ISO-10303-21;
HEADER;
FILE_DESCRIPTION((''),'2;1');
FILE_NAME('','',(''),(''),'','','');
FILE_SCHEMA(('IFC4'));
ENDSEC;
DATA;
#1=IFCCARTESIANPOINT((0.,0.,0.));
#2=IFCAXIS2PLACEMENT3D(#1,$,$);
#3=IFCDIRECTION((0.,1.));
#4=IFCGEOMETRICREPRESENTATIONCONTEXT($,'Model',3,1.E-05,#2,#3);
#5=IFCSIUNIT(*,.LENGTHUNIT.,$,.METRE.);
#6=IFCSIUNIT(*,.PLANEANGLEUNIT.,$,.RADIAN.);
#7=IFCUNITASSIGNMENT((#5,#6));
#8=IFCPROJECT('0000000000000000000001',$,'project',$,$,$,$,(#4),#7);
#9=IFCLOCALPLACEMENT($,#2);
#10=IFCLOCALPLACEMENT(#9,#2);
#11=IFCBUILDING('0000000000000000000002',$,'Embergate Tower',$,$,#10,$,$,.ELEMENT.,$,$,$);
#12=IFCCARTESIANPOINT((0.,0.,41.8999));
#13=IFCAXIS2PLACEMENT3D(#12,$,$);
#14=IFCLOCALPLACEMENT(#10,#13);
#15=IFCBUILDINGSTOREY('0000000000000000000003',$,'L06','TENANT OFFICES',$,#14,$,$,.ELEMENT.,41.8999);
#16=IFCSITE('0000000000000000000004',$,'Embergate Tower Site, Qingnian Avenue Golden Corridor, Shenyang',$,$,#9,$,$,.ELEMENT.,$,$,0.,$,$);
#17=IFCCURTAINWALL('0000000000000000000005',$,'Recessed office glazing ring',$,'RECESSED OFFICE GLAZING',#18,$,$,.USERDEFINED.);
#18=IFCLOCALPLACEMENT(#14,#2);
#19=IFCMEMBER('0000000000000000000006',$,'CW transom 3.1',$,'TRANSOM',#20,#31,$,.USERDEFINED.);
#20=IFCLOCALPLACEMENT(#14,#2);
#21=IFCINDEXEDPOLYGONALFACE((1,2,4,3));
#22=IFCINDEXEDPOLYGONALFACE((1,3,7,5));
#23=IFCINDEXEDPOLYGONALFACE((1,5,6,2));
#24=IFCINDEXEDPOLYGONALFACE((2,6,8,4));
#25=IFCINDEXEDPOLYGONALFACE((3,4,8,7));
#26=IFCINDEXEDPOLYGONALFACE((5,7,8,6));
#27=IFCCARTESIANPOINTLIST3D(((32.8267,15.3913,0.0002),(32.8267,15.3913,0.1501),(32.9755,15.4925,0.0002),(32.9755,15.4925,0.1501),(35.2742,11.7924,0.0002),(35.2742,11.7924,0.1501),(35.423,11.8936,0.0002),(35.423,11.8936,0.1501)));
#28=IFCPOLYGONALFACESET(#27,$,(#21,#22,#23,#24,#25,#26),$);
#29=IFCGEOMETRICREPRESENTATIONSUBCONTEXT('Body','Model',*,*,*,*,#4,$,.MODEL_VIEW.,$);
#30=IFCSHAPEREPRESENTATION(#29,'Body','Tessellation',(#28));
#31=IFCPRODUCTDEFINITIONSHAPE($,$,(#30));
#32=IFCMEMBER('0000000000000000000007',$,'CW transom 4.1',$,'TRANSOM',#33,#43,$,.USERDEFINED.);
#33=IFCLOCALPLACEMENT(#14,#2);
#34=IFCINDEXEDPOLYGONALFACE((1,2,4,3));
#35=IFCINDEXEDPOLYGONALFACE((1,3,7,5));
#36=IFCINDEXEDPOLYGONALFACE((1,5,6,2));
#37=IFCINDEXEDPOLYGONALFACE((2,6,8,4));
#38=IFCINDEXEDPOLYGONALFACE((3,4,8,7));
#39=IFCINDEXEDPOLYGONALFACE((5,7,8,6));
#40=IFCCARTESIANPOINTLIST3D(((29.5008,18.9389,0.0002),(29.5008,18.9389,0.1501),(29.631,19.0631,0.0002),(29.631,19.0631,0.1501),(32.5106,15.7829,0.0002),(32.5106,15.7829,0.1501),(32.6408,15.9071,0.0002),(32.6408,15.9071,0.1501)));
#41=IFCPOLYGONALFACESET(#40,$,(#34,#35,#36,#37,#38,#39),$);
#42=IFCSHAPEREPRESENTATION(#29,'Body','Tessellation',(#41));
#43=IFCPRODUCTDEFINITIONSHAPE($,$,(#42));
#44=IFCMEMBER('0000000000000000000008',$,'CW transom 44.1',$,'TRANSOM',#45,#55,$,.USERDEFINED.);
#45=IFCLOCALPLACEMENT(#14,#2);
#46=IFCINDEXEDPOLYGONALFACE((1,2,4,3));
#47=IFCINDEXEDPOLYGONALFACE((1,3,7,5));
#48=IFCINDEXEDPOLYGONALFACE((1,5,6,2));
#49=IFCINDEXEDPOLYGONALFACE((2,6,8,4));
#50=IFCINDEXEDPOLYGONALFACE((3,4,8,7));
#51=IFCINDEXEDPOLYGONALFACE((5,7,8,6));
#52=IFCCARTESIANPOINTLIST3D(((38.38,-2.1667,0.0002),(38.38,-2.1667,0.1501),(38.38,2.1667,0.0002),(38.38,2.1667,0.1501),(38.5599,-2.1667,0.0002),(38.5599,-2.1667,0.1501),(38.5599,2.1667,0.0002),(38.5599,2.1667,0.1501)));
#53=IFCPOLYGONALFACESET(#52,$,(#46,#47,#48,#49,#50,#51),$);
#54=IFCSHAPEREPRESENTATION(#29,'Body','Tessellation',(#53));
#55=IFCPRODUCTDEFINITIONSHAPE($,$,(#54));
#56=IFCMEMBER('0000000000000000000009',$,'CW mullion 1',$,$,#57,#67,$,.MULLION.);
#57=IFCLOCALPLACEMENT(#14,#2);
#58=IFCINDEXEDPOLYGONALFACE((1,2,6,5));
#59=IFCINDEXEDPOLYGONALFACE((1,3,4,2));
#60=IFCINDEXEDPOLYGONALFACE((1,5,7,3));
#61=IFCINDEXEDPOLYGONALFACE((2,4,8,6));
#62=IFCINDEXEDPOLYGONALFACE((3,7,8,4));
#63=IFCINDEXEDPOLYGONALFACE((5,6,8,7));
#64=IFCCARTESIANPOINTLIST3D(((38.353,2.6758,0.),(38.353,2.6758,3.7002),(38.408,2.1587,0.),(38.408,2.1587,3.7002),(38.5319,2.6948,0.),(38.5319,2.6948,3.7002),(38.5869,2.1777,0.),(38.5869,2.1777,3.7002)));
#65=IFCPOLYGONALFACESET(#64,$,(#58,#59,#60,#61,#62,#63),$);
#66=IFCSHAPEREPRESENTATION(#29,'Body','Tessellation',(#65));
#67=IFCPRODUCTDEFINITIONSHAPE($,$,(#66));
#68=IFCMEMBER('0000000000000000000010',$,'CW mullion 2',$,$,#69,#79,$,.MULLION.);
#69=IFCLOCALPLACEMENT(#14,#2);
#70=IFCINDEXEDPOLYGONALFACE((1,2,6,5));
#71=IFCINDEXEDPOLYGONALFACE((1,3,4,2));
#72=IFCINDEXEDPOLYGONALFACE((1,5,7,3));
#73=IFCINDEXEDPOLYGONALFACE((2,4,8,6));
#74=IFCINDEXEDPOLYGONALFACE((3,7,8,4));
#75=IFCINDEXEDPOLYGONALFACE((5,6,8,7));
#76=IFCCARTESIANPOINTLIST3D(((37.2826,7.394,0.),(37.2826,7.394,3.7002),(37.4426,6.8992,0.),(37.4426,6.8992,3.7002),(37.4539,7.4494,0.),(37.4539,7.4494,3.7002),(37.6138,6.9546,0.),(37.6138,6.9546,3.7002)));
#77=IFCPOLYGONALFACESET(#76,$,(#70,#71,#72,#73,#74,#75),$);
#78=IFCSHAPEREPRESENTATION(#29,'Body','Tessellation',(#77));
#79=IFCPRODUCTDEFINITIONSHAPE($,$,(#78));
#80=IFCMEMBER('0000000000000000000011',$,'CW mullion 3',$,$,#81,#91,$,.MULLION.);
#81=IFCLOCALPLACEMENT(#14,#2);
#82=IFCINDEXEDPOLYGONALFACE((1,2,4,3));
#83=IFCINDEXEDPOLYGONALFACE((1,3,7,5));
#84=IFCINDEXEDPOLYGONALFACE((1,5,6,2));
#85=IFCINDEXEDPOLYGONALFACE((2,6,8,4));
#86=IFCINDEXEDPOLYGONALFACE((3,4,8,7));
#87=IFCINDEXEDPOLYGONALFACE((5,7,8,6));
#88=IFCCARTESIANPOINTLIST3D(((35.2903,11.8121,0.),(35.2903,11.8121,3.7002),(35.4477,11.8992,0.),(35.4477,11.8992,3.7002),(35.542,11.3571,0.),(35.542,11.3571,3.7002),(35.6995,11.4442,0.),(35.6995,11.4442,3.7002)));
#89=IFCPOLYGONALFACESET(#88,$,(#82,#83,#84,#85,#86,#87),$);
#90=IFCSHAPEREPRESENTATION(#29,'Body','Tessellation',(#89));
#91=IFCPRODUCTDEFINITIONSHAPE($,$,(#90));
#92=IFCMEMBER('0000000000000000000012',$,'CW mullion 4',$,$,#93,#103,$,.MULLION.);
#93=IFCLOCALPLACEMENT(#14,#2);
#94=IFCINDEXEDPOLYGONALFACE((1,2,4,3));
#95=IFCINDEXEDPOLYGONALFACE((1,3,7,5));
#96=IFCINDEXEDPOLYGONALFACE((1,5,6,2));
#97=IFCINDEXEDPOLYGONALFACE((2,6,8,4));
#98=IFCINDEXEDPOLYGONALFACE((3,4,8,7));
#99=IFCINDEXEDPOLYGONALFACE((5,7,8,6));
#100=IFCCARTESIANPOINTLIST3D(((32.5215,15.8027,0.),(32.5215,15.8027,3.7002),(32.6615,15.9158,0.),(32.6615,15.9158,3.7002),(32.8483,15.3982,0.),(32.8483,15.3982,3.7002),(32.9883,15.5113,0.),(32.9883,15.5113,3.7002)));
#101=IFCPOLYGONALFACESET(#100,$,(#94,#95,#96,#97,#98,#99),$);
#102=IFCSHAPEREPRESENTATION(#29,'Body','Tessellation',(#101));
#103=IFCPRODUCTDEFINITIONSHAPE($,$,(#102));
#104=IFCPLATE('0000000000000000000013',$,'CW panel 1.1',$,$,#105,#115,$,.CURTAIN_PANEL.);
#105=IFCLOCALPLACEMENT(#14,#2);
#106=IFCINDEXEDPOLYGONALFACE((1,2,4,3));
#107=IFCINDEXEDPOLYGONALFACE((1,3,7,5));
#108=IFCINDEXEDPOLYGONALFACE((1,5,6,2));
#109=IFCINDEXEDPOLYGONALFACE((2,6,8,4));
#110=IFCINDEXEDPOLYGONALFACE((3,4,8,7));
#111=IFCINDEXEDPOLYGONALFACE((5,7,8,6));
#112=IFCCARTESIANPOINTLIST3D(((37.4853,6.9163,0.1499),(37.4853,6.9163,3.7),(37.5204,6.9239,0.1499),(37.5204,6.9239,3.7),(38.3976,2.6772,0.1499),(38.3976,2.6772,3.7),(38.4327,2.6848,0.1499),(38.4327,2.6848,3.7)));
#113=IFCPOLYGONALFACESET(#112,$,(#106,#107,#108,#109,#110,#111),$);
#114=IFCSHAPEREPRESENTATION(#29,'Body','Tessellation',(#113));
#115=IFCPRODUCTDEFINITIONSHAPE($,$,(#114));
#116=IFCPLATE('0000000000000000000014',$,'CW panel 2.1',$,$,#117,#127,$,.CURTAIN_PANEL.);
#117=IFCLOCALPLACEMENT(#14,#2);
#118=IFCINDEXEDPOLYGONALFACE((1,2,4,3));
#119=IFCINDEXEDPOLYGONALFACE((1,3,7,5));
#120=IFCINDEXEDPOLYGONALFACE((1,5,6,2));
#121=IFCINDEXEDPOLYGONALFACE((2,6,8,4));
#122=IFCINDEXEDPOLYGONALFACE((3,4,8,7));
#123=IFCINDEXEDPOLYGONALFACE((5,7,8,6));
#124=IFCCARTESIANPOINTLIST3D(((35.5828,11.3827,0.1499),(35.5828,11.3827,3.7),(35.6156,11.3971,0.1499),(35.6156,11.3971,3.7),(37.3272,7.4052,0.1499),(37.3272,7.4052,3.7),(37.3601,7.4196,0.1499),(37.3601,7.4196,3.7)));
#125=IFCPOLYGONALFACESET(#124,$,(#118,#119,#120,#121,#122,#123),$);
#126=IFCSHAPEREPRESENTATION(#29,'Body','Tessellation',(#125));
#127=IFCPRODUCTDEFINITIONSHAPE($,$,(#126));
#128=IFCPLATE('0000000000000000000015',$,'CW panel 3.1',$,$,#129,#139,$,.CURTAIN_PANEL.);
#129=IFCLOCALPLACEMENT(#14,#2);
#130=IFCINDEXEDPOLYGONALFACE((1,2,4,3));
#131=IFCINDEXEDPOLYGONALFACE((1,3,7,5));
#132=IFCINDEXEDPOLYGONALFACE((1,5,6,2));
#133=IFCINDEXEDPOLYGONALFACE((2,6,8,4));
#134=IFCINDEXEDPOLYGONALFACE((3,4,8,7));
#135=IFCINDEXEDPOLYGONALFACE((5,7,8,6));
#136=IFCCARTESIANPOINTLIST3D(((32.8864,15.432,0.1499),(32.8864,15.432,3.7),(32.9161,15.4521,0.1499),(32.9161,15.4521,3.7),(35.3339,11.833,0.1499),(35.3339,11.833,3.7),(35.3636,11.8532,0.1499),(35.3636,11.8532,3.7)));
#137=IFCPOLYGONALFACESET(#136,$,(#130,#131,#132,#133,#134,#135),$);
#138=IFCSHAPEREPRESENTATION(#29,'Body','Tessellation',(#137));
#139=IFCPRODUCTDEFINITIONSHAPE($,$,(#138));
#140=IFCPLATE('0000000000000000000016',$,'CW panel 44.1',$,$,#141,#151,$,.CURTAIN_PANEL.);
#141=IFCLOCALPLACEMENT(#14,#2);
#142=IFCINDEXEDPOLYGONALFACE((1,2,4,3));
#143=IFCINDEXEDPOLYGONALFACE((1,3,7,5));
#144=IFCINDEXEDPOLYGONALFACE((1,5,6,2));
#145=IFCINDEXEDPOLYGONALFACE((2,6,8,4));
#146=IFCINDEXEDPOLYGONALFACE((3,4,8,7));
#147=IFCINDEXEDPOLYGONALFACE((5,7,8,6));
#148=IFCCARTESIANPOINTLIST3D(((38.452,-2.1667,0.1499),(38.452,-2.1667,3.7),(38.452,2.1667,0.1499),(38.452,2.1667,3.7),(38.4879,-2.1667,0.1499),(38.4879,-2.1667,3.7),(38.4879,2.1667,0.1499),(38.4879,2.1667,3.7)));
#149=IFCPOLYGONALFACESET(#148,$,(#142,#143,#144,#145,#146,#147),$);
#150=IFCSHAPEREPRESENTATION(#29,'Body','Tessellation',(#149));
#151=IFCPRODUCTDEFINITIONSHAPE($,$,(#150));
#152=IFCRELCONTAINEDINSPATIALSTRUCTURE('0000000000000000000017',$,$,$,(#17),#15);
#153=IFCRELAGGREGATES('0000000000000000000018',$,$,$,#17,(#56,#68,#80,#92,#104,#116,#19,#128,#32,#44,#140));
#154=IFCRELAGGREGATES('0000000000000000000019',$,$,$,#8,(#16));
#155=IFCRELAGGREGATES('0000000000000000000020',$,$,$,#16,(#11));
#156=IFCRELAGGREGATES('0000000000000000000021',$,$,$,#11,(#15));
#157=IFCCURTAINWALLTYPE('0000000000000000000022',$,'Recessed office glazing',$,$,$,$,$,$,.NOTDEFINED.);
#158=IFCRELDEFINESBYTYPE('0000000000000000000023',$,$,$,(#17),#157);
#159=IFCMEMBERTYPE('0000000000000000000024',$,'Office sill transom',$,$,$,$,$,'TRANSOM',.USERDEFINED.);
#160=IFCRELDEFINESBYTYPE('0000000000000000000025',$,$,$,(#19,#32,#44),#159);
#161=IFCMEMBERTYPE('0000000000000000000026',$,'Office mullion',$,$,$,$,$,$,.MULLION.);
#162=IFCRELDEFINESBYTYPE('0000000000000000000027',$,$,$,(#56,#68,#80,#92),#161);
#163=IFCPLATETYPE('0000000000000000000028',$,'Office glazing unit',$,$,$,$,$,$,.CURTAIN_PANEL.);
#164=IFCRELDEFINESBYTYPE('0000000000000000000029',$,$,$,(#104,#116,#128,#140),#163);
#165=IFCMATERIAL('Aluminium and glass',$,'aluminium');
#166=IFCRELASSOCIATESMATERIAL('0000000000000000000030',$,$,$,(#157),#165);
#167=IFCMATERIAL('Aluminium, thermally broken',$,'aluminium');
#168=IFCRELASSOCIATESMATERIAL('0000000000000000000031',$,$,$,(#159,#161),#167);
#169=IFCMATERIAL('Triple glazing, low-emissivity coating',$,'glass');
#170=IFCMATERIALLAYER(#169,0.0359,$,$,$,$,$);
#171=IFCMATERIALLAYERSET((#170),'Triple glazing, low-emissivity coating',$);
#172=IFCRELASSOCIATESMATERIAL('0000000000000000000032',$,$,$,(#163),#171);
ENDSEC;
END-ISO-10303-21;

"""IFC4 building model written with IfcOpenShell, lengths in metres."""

from ifc_helpers import new_model, si_unit, direction, frame, origin, origin_2d, place, context, subcontext, project, spatial, rectangle, extrude, source, transform, mapped, material, layer, layer_set, material_profile, profile_set, type_object, element, aggregate, save


model = new_model("IFC4")

# Units and contexts
model_context = context("Model", 3, precision=1e-05, world=origin(), true_north=direction((0.0, 1.0)))
body_context = subcontext(model_context, "Body", "Model", "MODEL_VIEW")
ifc_project = project(units=[si_unit("LENGTHUNIT", "METRE"), si_unit("PLANEANGLEUNIT", "RADIAN")], contexts=[model_context])

# Site, building, storey
site_placement = place(None, origin())
site = spatial("IfcSite", under=ifc_project, at=site_placement, Name="Embergate Tower Site, Qingnian Avenue Golden Corridor, Shenyang", CompositionType="ELEMENT", RefElevation=0.0)
building_placement = place(site_placement, origin())
building = spatial("IfcBuilding", under=site, at=building_placement, Name="Embergate Tower", CompositionType="ELEMENT")
storey_placement = place(building_placement, frame((0.0, 0.0, 41.8999)))
storey = spatial("IfcBuildingStorey", under=building, at=storey_placement, Name="L06", Description="TENANT OFFICES", CompositionType="ELEMENT", Elevation=41.8999)

# Curtain wall, members, plates
ifc_material_1 = material(Name="Aluminium and glass", Category="aluminium")
curtain_wall_type = type_object("IfcCurtainWallType", Name="Recessed office glazing", PredefinedType="NOTDEFINED", material=ifc_material_1)
curtain_wall_placement = place(storey_placement, origin())
curtain_wall = element("IfcCurtainWall", 1, at=curtain_wall_placement, inside=storey, type_object=curtain_wall_type, Name="Recessed office glazing ring", ObjectType="RECESSED OFFICE GLAZING", PredefinedType="USERDEFINED")
ifc_material_2 = material(Name="Aluminium, thermally broken", Category="aluminium")
ifc_material_profile_1 = material_profile(ifc_material_2, rectangle(XDim=0.1799, YDim=0.1499, at=origin_2d()), Name="AL 150x180")
ifc_profile_set_1 = profile_set([ifc_material_profile_1], Name="Aluminium, thermally broken")
member_type_1 = type_object("IfcMemberType", Name="Office sill transom", ElementType="TRANSOM", PredefinedType="USERDEFINED", material=ifc_profile_set_1)
shared_shape_1 = source(origin(), body_context, "Body", "SweptSolid", [
    extrude(rectangle(XDim=0.1799, YDim=0.1499, at=origin_2d()), origin(), (0.0, 0.0, 1.0), 4.3523),
])
member_1_placement = place(storey_placement, frame((35.3486, 11.843, 0.0752), z_axis=(-0.562353, 0.826897, 0.0), x_axis=(-0.826897, -0.562353, 0.0)))
member_1 = element("IfcMember", 2, at=member_1_placement, type_object=member_type_1, Name="CW transom 3.1", ObjectType="TRANSOM", PredefinedType="USERDEFINED", context=body_context, shape_type="MappedRepresentation", body=[
    mapped(shared_shape_1, transform((0.0, 0.0, 0.0))),
])
shared_shape_2 = source(origin(), body_context, "Body", "SweptSolid", [
    extrude(rectangle(XDim=0.1799, YDim=0.1499, at=origin_2d()), origin(), (0.0, 0.0, 1.0), 4.3611),
])
member_2_placement = place(storey_placement, frame((32.5757, 15.845, 0.0752), z_axis=(-0.690141, 0.723674, 0.0), x_axis=(-0.723674, -0.690141, 0.0)))
member_2 = element("IfcMember", 3, at=member_2_placement, type_object=member_type_1, Name="CW transom 4.1", ObjectType="TRANSOM", PredefinedType="USERDEFINED", context=body_context, shape_type="MappedRepresentation", body=[
    mapped(shared_shape_2, transform((0.0, 0.0, 0.0))),
])
shared_shape_3 = source(origin(), body_context, "Body", "SweptSolid", [
    extrude(rectangle(XDim=0.1799, YDim=0.1499, at=origin_2d()), origin(), (0.0, 0.0, 1.0), 4.3335),
])
member_3_placement = place(storey_placement, frame((38.47, -2.1667, 0.0752), z_axis=(0.0, 1.0, 0.0), x_axis=(-1.0, 0.0, 0.0)))
member_3 = element("IfcMember", 4, at=member_3_placement, type_object=member_type_1, Name="CW transom 44.1", ObjectType="TRANSOM", PredefinedType="USERDEFINED", context=body_context, shape_type="MappedRepresentation", body=[
    mapped(shared_shape_3, transform((0.0, 0.0, 0.0))),
])
ifc_material_profile_2 = material_profile(ifc_material_2, rectangle(XDim=0.1799, YDim=0.52, at=origin_2d()), Name="AL 520x180")
ifc_profile_set_2 = profile_set([ifc_material_profile_2], Name="Aluminium, thermally broken")
member_type_2 = type_object("IfcMemberType", Name="Office mullion", PredefinedType="MULLION", material=ifc_profile_set_2)
shared_shape_4 = source(origin(), body_context, "Body", "SweptSolid", [
    extrude(rectangle(XDim=0.1799, YDim=0.52, at=origin_2d()), origin(), (0.0, 0.0, 1.0), 3.7002),
])
member_4_placement = place(storey_placement, frame((38.47, 2.4268, 0.0), z_axis=(0.0, 0.0, 1.0), x_axis=(-0.994385, -0.105823, 0.0)))
member_4 = element("IfcMember", 5, at=member_4_placement, type_object=member_type_2, Name="CW mullion 1", PredefinedType="MULLION", context=body_context, shape_type="MappedRepresentation", body=[
    mapped(shared_shape_4, transform((0.0, 0.0, 0.0))),
])
member_5_placement = place(storey_placement, frame((37.4482, 7.1743, 0.0), z_axis=(0.0, 0.0, 1.0), x_axis=(-0.951499, -0.307652, 0.0)))
member_5 = element("IfcMember", 6, at=member_5_placement, type_object=member_type_2, Name="CW mullion 2", PredefinedType="MULLION", context=body_context, shape_type="MappedRepresentation", body=[
    mapped(shared_shape_4, transform((0.0, 0.0, 0.0))),
])
member_6_placement = place(storey_placement, frame((35.4949, 11.6282, 0.0), z_axis=(0.0, 0.0, 1.0), x_axis=(-0.875003, -0.484118, 0.0)))
member_6 = element("IfcMember", 7, at=member_6_placement, type_object=member_type_2, Name="CW mullion 3", PredefinedType="MULLION", context=body_context, shape_type="MappedRepresentation", body=[
    mapped(shared_shape_4, transform((0.0, 0.0, 0.0))),
])
member_7_placement = place(storey_placement, frame((32.7549, 15.657, 0.0), z_axis=(0.0, 0.0, 1.0), x_axis=(-0.777874, -0.628421, 0.0)))
member_7 = element("IfcMember", 8, at=member_7_placement, type_object=member_type_2, Name="CW mullion 4", PredefinedType="MULLION", context=body_context, shape_type="MappedRepresentation", body=[
    mapped(shared_shape_4, transform((0.0, 0.0, 0.0))),
])
ifc_material_3 = material(Name="Triple glazing, low-emissivity coating", Category="glass")
ifc_layer_1 = layer(ifc_material_3, 0.0359)
ifc_layer_set_1 = layer_set([ifc_layer_1], Name="Triple glazing, low-emissivity coating")
plate_type = type_object("IfcPlateType", Name="Office glazing unit", PredefinedType="CURTAIN_PANEL", material=ifc_layer_set_1)
shared_shape_5 = source(origin(), body_context, "Body", "SweptSolid", [
    extrude(rectangle(XDim=4.3362, YDim=0.0359, at=origin_2d()), origin(), (0.0, 0.0, 1.0), 3.55),
])
plate_1_placement = place(storey_placement, frame((37.959, 4.8005, 0.1499), z_axis=(0.0, 0.0, 1.0), x_axis=(-0.210398, 0.977616, 0.0)))
plate_1 = element("IfcPlate", 9, at=plate_1_placement, type_object=plate_type, Name="CW panel 1.1", PredefinedType="CURTAIN_PANEL", context=body_context, shape_type="MappedRepresentation", body=[
    mapped(shared_shape_5, transform((0.0, 0.0, 0.0))),
])
shared_shape_6 = source(origin(), body_context, "Body", "SweptSolid", [
    extrude(rectangle(XDim=4.3433, YDim=0.0359, at=origin_2d()), origin(), (0.0, 0.0, 1.0), 3.55),
])
plate_2_placement = place(storey_placement, frame((36.4714, 9.4011, 0.1499), z_axis=(0.0, 0.0, 1.0), x_axis=(-0.401654, 0.915792, 0.0)))
plate_2 = element("IfcPlate", 10, at=plate_2_placement, type_object=plate_type, Name="CW panel 2.1", PredefinedType="CURTAIN_PANEL", context=body_context, shape_type="MappedRepresentation", body=[
    mapped(shared_shape_6, transform((0.0, 0.0, 0.0))),
])
shared_shape_7 = source(origin(), body_context, "Body", "SweptSolid", [
    extrude(rectangle(XDim=4.3523, YDim=0.0359, at=origin_2d()), origin(), (0.0, 0.0, 1.0), 3.55),
])
plate_3_placement = place(storey_placement, frame((34.125, 13.6426, 0.1499), z_axis=(0.0, 0.0, 1.0), x_axis=(-0.562345, 0.826903, 0.0)))
plate_3 = element("IfcPlate", 11, at=plate_3_placement, type_object=plate_type, Name="CW panel 3.1", PredefinedType="CURTAIN_PANEL", context=body_context, shape_type="MappedRepresentation", body=[
    mapped(shared_shape_7, transform((0.0, 0.0, 0.0))),
])
shared_shape_8 = source(origin(), body_context, "Body", "SweptSolid", [
    extrude(rectangle(XDim=4.3335, YDim=0.0359, at=origin_2d()), origin(), (0.0, 0.0, 1.0), 3.55),
])
plate_4_placement = place(storey_placement, frame((38.47, 0.0, 0.1499), z_axis=(0.0, 0.0, 1.0), x_axis=(0.0, 1.0, 0.0)))
plate_4 = element("IfcPlate", 12, at=plate_4_placement, type_object=plate_type, Name="CW panel 44.1", PredefinedType="CURTAIN_PANEL", context=body_context, shape_type="MappedRepresentation", body=[
    mapped(shared_shape_8, transform((0.0, 0.0, 0.0))),
])
aggregate(curtain_wall, [member_4, member_5, member_6, member_7, plate_1, plate_2, member_1, plate_3, member_2, member_3, plate_4])

save(model, "model.ifc")
